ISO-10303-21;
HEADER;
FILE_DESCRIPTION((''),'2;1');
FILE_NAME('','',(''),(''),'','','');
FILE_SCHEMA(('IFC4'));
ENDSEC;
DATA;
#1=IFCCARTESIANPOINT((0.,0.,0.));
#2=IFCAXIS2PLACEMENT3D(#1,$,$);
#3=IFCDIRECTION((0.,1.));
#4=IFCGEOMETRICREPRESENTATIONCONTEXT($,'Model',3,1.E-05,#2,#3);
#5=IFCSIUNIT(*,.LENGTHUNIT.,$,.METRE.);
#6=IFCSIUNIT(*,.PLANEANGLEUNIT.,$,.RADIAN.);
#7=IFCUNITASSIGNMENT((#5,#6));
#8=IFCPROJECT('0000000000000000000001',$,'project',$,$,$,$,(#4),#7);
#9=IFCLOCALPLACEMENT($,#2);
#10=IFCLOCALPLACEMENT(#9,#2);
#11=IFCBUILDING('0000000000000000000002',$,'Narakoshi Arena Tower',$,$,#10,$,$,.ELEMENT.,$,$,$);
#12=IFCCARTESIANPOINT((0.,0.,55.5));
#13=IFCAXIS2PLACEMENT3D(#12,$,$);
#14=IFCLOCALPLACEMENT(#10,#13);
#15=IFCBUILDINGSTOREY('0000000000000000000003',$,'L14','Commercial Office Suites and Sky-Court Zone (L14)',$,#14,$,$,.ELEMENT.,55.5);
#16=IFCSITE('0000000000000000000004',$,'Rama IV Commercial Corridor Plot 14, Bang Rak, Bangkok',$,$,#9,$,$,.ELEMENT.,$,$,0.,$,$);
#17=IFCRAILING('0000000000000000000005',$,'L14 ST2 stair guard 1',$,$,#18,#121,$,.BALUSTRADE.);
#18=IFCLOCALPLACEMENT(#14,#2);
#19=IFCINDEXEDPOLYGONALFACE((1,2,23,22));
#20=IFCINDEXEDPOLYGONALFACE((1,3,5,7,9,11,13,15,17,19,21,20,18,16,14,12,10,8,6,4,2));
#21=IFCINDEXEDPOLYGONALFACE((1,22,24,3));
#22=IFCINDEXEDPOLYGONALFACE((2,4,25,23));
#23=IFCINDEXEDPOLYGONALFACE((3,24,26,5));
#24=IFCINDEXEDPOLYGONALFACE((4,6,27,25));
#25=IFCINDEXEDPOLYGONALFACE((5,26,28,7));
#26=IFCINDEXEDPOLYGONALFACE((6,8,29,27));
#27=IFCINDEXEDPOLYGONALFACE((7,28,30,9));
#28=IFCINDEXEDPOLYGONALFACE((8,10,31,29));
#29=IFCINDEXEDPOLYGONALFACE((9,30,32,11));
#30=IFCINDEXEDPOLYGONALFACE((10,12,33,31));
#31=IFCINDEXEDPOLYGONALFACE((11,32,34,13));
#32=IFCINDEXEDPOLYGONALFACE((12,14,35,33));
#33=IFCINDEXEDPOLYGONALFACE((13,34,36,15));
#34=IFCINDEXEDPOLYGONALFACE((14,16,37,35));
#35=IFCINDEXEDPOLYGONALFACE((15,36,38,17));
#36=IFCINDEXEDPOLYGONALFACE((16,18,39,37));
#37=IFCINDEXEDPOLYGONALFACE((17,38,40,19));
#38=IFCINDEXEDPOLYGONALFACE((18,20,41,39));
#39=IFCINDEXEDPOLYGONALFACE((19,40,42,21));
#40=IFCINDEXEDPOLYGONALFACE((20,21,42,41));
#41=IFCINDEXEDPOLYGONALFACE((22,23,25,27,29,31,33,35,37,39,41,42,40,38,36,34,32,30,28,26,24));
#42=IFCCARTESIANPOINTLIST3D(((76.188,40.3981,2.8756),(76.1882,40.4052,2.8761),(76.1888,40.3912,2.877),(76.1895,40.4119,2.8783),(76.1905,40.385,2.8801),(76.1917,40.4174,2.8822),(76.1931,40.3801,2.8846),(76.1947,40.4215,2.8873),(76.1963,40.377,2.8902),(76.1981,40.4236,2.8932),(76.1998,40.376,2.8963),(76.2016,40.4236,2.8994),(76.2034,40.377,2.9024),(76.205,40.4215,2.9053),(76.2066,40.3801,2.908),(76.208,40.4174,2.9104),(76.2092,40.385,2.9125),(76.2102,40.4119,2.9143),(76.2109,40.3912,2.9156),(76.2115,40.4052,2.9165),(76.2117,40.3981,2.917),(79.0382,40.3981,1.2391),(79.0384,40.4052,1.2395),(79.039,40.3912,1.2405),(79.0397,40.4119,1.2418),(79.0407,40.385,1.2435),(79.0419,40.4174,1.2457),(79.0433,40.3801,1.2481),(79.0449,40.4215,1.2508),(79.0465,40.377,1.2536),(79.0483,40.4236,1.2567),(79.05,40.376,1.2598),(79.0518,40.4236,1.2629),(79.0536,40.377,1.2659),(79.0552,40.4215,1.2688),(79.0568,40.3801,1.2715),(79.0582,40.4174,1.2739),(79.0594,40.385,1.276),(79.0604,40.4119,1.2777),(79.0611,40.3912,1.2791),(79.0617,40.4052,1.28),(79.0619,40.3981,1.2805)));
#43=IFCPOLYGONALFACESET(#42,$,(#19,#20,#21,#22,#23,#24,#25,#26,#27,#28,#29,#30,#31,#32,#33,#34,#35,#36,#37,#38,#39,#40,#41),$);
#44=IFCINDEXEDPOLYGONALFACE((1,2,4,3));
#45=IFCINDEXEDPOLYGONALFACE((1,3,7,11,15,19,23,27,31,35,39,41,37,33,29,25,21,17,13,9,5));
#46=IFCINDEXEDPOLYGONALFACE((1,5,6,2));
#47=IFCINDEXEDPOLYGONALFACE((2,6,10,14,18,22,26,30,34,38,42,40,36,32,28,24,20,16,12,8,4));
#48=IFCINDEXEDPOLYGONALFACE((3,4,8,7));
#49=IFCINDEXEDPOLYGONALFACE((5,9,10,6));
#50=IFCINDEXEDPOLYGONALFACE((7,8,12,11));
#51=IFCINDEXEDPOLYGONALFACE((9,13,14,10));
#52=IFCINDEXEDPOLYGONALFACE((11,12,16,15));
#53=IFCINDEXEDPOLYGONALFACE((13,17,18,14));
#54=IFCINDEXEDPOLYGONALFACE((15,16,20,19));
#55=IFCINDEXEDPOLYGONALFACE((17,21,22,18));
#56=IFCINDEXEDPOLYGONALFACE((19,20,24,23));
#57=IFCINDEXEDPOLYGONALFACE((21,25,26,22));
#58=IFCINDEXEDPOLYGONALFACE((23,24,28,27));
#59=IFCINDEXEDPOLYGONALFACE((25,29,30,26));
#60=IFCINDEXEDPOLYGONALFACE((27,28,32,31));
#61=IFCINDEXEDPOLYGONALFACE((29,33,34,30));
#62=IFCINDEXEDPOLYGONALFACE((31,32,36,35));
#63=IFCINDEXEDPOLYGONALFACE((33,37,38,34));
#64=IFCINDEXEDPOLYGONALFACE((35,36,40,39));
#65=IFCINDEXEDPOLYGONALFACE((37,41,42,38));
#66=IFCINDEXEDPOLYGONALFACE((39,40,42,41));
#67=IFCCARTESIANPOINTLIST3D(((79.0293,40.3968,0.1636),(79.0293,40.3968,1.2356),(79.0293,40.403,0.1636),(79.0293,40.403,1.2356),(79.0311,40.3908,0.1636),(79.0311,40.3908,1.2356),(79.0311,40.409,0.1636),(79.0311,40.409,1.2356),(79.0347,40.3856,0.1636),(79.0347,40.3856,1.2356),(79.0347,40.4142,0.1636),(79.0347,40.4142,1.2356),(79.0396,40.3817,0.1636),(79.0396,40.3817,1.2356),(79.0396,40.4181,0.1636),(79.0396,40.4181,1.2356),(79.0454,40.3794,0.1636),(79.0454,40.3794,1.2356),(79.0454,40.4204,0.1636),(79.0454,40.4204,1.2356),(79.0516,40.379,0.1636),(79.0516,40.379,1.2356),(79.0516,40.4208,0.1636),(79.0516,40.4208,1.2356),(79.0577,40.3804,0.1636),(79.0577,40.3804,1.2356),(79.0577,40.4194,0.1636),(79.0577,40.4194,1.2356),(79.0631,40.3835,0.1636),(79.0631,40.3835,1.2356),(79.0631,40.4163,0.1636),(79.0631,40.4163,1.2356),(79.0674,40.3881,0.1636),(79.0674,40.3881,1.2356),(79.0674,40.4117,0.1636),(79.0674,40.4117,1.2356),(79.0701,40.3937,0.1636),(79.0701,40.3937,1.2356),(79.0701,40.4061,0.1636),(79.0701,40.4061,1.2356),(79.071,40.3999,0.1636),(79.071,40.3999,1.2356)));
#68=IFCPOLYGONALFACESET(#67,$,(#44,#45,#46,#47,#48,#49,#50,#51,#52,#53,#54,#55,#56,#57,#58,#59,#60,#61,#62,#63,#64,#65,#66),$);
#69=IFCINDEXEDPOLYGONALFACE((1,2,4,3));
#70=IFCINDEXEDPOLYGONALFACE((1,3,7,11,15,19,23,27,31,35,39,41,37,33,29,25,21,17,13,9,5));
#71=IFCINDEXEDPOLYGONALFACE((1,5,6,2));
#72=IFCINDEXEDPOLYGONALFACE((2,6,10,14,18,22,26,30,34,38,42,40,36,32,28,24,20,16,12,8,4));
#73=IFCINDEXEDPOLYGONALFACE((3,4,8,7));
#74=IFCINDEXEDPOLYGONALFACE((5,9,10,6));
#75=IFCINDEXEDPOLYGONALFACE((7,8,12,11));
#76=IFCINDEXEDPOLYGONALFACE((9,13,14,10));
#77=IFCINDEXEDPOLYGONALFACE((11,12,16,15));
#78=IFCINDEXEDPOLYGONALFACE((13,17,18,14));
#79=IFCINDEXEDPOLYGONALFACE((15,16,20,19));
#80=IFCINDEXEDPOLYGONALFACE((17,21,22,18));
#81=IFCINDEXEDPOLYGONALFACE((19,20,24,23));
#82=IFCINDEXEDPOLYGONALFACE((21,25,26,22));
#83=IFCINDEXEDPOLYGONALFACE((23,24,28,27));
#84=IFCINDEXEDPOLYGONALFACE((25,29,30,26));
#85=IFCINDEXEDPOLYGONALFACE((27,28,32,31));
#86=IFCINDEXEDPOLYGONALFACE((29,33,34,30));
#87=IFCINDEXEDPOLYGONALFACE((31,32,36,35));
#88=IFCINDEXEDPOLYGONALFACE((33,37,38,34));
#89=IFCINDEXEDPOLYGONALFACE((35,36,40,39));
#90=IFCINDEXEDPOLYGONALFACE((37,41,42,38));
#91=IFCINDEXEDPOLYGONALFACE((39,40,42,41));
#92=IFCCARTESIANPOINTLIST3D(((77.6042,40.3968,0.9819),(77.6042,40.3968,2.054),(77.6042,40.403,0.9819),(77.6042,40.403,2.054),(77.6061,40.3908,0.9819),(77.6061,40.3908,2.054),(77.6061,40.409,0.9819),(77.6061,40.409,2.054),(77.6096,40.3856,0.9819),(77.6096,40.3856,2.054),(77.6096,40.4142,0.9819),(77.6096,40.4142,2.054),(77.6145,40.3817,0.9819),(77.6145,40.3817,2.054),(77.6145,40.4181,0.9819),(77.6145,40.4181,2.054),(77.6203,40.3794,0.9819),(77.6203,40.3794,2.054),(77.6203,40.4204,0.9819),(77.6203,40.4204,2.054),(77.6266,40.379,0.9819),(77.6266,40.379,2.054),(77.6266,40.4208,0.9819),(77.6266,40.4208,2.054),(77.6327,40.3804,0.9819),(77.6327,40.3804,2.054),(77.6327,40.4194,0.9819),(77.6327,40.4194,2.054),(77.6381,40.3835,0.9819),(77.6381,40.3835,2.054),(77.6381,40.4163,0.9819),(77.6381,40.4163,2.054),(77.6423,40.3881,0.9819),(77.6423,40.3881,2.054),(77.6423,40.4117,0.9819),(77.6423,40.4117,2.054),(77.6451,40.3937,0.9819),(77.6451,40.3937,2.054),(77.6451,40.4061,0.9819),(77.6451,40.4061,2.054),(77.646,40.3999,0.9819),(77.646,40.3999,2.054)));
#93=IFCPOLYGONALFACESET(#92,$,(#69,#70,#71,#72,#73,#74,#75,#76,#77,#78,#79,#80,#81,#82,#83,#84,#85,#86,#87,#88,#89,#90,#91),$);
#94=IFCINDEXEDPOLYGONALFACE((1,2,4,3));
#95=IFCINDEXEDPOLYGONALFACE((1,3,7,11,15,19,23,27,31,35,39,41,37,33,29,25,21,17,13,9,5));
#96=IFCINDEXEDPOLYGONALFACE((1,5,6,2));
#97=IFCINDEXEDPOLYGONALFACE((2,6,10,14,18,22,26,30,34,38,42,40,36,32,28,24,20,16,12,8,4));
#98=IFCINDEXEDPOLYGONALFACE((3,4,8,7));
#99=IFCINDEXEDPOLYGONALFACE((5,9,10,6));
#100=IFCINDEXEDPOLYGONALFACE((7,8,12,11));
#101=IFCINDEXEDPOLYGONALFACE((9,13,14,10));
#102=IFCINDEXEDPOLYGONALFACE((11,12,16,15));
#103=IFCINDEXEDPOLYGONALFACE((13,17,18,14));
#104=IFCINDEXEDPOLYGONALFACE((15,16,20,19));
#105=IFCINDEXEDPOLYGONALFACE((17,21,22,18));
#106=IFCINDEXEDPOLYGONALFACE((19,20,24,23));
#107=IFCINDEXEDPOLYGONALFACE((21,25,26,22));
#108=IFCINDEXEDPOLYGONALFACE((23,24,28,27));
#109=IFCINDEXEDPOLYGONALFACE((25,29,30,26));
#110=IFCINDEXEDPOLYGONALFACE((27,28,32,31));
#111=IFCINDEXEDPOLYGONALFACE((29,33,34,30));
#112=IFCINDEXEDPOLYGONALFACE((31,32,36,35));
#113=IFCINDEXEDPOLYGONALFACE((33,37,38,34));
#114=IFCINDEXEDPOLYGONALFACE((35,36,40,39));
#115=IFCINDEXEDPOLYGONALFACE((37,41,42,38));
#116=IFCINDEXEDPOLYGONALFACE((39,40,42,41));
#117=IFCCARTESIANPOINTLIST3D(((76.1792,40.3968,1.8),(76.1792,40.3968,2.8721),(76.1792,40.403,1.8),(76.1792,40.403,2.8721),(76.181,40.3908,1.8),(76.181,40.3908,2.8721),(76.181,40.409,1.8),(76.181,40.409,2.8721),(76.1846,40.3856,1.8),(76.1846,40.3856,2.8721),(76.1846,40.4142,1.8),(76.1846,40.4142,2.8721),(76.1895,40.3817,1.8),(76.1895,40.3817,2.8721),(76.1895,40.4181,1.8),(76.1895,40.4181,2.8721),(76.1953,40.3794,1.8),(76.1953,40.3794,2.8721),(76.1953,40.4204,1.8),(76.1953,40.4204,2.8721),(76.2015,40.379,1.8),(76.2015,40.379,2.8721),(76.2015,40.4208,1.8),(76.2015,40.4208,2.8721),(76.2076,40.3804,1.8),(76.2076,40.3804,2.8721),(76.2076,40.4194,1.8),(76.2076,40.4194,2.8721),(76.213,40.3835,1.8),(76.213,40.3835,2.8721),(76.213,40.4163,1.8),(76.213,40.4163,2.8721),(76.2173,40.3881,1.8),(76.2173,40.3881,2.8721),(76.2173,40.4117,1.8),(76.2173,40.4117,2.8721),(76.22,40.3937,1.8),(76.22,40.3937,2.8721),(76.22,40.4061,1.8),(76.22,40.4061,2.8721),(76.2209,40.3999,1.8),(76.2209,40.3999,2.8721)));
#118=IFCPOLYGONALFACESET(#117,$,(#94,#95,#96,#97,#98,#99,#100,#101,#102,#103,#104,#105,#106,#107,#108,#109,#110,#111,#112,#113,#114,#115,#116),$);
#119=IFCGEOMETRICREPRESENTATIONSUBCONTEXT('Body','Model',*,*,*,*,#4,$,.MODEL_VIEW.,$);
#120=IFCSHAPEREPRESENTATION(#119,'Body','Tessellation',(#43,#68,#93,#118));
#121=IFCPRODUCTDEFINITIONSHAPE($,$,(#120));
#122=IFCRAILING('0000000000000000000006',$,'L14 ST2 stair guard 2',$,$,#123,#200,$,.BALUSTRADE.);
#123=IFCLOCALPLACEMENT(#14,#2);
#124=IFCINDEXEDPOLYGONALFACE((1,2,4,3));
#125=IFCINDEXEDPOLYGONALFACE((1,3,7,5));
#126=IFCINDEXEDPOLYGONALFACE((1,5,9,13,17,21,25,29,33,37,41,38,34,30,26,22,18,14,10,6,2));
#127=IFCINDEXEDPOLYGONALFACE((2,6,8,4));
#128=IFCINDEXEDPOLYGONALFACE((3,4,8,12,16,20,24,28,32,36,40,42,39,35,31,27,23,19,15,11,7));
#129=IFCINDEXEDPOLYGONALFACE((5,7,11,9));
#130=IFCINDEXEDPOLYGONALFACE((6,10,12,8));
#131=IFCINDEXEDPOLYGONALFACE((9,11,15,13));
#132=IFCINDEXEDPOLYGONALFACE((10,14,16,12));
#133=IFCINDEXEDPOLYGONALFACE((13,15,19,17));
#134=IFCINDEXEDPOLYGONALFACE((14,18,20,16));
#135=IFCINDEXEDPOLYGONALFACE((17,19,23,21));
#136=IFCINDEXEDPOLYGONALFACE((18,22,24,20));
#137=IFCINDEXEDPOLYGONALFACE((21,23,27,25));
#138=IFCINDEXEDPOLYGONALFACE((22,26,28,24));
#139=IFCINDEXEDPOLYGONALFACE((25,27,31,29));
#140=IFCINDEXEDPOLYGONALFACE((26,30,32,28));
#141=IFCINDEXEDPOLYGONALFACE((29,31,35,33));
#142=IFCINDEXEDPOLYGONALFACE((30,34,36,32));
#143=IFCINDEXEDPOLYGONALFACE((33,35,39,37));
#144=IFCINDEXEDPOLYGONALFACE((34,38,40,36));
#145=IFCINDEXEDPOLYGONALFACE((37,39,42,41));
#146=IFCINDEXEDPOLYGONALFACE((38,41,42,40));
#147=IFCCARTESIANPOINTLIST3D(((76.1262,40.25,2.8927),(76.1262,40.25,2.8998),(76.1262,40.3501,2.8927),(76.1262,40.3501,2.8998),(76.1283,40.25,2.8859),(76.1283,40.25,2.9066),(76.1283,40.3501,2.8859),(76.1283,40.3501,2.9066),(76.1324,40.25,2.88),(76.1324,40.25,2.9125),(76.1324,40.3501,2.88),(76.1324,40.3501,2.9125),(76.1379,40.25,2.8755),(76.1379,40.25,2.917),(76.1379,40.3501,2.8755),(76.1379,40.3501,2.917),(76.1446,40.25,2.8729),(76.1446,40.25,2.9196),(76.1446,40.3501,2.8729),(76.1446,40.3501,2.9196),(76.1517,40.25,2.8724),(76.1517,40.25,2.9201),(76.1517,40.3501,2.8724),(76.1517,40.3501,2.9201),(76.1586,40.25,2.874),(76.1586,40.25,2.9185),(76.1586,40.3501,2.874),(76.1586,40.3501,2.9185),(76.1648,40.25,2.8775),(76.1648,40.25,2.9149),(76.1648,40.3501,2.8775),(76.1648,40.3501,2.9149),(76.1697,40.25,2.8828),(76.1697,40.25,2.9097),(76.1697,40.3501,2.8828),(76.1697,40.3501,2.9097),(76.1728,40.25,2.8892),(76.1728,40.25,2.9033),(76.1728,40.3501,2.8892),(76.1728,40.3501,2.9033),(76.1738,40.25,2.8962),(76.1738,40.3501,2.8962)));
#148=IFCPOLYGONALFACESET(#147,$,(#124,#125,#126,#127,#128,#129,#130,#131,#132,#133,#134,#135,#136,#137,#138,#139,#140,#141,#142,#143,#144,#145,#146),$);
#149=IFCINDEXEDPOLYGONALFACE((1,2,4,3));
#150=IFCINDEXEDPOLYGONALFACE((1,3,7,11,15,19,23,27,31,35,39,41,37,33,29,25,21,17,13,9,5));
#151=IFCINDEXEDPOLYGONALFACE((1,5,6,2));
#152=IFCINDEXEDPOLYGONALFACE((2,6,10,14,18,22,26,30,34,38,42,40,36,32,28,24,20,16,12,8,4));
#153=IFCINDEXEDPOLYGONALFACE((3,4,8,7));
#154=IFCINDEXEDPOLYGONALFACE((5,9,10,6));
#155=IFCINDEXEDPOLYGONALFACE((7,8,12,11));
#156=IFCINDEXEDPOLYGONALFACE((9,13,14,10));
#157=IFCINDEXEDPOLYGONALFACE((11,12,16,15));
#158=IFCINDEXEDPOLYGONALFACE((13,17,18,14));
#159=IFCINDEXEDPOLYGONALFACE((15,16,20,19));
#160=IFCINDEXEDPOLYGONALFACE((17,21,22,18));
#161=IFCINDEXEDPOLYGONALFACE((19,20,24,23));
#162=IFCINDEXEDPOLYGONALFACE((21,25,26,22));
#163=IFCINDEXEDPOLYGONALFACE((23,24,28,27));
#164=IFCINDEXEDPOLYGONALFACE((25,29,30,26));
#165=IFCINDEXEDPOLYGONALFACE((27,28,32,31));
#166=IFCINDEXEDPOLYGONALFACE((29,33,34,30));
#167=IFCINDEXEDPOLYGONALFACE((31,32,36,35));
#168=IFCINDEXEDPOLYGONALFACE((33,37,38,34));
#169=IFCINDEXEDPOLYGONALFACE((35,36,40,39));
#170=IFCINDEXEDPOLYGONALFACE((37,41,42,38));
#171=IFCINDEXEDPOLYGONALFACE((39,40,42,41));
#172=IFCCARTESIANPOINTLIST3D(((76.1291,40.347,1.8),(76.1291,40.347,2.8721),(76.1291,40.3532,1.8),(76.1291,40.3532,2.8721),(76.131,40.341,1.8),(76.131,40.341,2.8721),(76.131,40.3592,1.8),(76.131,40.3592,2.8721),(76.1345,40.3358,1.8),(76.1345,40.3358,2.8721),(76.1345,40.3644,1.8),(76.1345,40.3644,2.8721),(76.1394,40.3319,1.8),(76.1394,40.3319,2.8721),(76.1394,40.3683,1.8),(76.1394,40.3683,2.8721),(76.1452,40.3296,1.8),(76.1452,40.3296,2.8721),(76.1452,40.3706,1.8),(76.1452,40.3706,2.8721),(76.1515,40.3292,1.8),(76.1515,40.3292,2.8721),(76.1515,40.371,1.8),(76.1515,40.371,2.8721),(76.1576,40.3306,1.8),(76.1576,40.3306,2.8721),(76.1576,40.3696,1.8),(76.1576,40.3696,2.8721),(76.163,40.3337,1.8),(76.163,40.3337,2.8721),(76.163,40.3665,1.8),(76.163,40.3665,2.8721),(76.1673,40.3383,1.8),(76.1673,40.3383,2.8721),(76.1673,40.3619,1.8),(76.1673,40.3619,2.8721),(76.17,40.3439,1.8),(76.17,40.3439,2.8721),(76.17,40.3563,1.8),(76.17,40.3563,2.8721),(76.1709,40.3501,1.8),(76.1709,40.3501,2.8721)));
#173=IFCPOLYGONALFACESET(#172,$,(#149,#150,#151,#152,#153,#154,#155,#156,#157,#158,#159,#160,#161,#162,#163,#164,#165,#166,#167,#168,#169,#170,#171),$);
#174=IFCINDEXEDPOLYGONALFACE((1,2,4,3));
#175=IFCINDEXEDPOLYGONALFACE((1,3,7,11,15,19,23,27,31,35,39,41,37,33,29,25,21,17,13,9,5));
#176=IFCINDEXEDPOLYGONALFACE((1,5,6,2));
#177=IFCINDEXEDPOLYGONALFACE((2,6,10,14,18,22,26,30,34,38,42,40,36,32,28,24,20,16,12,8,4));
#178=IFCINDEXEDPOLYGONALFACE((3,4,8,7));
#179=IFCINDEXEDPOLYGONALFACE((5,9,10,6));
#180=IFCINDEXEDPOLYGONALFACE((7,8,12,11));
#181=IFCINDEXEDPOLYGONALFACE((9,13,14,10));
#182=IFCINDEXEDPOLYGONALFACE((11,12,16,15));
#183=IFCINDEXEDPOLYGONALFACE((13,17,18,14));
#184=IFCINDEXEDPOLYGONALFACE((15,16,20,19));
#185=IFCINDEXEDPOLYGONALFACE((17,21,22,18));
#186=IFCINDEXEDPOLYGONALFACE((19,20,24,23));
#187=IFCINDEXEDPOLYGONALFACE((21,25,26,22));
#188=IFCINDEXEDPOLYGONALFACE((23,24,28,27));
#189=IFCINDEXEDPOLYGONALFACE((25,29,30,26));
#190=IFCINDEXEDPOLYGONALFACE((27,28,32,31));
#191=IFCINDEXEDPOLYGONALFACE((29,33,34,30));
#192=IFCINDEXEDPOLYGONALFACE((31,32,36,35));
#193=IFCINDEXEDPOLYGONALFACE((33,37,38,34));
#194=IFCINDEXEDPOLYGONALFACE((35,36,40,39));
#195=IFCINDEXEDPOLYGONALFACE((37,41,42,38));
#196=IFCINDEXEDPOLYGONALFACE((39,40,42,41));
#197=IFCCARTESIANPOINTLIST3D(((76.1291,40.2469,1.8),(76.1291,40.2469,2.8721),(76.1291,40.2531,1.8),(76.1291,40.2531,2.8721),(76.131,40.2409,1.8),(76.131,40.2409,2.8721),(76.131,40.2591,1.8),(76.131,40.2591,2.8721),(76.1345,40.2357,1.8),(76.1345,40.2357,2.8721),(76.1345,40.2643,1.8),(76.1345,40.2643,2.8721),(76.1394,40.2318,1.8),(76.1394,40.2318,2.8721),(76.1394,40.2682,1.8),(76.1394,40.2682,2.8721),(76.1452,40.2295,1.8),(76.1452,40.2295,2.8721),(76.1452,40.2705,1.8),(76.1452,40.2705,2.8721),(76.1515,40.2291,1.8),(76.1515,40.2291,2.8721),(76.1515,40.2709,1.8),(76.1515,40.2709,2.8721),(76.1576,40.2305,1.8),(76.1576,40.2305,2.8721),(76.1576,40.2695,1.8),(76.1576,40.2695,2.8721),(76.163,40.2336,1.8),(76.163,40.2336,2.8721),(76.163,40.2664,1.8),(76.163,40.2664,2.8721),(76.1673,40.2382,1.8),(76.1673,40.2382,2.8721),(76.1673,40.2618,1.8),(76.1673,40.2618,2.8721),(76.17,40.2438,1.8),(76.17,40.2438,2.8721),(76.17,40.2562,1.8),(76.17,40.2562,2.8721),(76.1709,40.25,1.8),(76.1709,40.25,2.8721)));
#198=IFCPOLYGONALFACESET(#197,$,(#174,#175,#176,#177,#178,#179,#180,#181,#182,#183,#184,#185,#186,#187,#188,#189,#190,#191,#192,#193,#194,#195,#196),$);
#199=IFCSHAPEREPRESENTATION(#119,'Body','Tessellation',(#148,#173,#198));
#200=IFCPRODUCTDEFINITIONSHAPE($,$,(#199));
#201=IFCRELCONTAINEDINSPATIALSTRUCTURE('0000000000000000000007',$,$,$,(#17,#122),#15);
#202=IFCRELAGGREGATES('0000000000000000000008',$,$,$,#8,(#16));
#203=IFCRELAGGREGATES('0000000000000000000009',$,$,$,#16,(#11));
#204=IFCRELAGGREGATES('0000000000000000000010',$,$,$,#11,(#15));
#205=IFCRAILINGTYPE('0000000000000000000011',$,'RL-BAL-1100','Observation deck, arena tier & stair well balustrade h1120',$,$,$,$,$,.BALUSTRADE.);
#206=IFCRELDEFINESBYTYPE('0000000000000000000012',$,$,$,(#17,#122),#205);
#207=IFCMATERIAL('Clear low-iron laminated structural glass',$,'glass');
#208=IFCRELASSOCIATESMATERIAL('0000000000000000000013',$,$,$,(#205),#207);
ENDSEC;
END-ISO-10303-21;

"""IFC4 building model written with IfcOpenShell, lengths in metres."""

from ifc_helpers import new_model, si_unit, direction, frame, origin, origin_2d, place, context, subcontext, project, spatial, circle, extrude, material, type_object, element, save


model = new_model("IFC4")

# Units and contexts
model_context = context("Model", 3, precision=1e-05, world=origin(), true_north=direction((0.0, 1.0)))
body_context = subcontext(model_context, "Body", "Model", "MODEL_VIEW")
ifc_project = project(units=[si_unit("LENGTHUNIT", "METRE"), si_unit("PLANEANGLEUNIT", "RADIAN")], contexts=[model_context])

# Site, building, storey
site_placement = place(None, origin())
site = spatial("IfcSite", under=ifc_project, at=site_placement, Name="Rama IV Commercial Corridor Plot 14, Bang Rak, Bangkok", CompositionType="ELEMENT", RefElevation=0.0)
building_placement = place(site_placement, origin())
building = spatial("IfcBuilding", under=site, at=building_placement, Name="Narakoshi Arena Tower", CompositionType="ELEMENT")
storey_placement = place(building_placement, frame((0.0, 0.0, 55.5)))
storey = spatial("IfcBuildingStorey", under=building, at=storey_placement, Name="L14", Description="Commercial Office Suites and Sky-Court Zone (L14)", CompositionType="ELEMENT", Elevation=55.5)

# Railings
ifc_material_1 = material(Name="Clear low-iron laminated structural glass", Category="glass")
railing_type_1 = type_object("IfcRailingType", Name="RL-BAL-1100", Description="Observation deck, arena tier & stair well balustrade h1120", PredefinedType="BALUSTRADE", material=ifc_material_1)
for number, where, name in (
    (1, (79.05, 40.3999, 0.1636), "L14 ST2 stair guard 1"),
):
    element("IfcRailing", number, at=place(storey_placement, frame(where)), inside=storey, type_object=railing_type_1, Name=name, PredefinedType="BALUSTRADE", context=body_context, shape_type="SweptSolid", body=[
        extrude(circle(Radius=0.0239, at=origin_2d()), frame((0.0, 0.0, 1.0962), z_axis=(-0.867213, 0.0, 0.497938), x_axis=(0.0, -1.0, 0.0)), (0.0, 0.0, 1.0), 3.2866),
        extrude(circle(Radius=0.021, at=origin_2d()), origin(), (0.0, 0.0, 1.0), 1.072),
        extrude(circle(Radius=0.021, at=origin_2d()), frame((-1.425, 0.0, 0.8184)), (0.0, 0.0, 1.0), 1.072),
        extrude(circle(Radius=0.021, at=origin_2d()), frame((-2.8501, 0.0, 1.6365)), (0.0, 0.0, 1.0), 1.072),
    ])
railing_1_placement = place(storey_placement, frame((76.1499, 40.3501, 1.8)))
element("IfcRailing", 2, at=railing_1_placement, inside=storey, type_object=railing_type_1, Name="L14 ST2 stair guard 2", PredefinedType="BALUSTRADE", context=body_context, shape_type="SweptSolid", body=[
    extrude(circle(Radius=0.0239, at=origin_2d()), frame((0.0, 0.0, 1.0962), z_axis=(0.0, -1.0, 0.0), x_axis=(1.0, 0.0, 0.0)), (0.0, 0.0, 1.0), 0.1001),
    extrude(circle(Radius=0.021, at=origin_2d()), origin(), (0.0, 0.0, 1.0), 1.072),
    extrude(circle(Radius=0.021, at=origin_2d()), frame((0.0, -0.1001, 0.0)), (0.0, 0.0, 1.0), 1.072),
])

save(model, "model.ifc")
